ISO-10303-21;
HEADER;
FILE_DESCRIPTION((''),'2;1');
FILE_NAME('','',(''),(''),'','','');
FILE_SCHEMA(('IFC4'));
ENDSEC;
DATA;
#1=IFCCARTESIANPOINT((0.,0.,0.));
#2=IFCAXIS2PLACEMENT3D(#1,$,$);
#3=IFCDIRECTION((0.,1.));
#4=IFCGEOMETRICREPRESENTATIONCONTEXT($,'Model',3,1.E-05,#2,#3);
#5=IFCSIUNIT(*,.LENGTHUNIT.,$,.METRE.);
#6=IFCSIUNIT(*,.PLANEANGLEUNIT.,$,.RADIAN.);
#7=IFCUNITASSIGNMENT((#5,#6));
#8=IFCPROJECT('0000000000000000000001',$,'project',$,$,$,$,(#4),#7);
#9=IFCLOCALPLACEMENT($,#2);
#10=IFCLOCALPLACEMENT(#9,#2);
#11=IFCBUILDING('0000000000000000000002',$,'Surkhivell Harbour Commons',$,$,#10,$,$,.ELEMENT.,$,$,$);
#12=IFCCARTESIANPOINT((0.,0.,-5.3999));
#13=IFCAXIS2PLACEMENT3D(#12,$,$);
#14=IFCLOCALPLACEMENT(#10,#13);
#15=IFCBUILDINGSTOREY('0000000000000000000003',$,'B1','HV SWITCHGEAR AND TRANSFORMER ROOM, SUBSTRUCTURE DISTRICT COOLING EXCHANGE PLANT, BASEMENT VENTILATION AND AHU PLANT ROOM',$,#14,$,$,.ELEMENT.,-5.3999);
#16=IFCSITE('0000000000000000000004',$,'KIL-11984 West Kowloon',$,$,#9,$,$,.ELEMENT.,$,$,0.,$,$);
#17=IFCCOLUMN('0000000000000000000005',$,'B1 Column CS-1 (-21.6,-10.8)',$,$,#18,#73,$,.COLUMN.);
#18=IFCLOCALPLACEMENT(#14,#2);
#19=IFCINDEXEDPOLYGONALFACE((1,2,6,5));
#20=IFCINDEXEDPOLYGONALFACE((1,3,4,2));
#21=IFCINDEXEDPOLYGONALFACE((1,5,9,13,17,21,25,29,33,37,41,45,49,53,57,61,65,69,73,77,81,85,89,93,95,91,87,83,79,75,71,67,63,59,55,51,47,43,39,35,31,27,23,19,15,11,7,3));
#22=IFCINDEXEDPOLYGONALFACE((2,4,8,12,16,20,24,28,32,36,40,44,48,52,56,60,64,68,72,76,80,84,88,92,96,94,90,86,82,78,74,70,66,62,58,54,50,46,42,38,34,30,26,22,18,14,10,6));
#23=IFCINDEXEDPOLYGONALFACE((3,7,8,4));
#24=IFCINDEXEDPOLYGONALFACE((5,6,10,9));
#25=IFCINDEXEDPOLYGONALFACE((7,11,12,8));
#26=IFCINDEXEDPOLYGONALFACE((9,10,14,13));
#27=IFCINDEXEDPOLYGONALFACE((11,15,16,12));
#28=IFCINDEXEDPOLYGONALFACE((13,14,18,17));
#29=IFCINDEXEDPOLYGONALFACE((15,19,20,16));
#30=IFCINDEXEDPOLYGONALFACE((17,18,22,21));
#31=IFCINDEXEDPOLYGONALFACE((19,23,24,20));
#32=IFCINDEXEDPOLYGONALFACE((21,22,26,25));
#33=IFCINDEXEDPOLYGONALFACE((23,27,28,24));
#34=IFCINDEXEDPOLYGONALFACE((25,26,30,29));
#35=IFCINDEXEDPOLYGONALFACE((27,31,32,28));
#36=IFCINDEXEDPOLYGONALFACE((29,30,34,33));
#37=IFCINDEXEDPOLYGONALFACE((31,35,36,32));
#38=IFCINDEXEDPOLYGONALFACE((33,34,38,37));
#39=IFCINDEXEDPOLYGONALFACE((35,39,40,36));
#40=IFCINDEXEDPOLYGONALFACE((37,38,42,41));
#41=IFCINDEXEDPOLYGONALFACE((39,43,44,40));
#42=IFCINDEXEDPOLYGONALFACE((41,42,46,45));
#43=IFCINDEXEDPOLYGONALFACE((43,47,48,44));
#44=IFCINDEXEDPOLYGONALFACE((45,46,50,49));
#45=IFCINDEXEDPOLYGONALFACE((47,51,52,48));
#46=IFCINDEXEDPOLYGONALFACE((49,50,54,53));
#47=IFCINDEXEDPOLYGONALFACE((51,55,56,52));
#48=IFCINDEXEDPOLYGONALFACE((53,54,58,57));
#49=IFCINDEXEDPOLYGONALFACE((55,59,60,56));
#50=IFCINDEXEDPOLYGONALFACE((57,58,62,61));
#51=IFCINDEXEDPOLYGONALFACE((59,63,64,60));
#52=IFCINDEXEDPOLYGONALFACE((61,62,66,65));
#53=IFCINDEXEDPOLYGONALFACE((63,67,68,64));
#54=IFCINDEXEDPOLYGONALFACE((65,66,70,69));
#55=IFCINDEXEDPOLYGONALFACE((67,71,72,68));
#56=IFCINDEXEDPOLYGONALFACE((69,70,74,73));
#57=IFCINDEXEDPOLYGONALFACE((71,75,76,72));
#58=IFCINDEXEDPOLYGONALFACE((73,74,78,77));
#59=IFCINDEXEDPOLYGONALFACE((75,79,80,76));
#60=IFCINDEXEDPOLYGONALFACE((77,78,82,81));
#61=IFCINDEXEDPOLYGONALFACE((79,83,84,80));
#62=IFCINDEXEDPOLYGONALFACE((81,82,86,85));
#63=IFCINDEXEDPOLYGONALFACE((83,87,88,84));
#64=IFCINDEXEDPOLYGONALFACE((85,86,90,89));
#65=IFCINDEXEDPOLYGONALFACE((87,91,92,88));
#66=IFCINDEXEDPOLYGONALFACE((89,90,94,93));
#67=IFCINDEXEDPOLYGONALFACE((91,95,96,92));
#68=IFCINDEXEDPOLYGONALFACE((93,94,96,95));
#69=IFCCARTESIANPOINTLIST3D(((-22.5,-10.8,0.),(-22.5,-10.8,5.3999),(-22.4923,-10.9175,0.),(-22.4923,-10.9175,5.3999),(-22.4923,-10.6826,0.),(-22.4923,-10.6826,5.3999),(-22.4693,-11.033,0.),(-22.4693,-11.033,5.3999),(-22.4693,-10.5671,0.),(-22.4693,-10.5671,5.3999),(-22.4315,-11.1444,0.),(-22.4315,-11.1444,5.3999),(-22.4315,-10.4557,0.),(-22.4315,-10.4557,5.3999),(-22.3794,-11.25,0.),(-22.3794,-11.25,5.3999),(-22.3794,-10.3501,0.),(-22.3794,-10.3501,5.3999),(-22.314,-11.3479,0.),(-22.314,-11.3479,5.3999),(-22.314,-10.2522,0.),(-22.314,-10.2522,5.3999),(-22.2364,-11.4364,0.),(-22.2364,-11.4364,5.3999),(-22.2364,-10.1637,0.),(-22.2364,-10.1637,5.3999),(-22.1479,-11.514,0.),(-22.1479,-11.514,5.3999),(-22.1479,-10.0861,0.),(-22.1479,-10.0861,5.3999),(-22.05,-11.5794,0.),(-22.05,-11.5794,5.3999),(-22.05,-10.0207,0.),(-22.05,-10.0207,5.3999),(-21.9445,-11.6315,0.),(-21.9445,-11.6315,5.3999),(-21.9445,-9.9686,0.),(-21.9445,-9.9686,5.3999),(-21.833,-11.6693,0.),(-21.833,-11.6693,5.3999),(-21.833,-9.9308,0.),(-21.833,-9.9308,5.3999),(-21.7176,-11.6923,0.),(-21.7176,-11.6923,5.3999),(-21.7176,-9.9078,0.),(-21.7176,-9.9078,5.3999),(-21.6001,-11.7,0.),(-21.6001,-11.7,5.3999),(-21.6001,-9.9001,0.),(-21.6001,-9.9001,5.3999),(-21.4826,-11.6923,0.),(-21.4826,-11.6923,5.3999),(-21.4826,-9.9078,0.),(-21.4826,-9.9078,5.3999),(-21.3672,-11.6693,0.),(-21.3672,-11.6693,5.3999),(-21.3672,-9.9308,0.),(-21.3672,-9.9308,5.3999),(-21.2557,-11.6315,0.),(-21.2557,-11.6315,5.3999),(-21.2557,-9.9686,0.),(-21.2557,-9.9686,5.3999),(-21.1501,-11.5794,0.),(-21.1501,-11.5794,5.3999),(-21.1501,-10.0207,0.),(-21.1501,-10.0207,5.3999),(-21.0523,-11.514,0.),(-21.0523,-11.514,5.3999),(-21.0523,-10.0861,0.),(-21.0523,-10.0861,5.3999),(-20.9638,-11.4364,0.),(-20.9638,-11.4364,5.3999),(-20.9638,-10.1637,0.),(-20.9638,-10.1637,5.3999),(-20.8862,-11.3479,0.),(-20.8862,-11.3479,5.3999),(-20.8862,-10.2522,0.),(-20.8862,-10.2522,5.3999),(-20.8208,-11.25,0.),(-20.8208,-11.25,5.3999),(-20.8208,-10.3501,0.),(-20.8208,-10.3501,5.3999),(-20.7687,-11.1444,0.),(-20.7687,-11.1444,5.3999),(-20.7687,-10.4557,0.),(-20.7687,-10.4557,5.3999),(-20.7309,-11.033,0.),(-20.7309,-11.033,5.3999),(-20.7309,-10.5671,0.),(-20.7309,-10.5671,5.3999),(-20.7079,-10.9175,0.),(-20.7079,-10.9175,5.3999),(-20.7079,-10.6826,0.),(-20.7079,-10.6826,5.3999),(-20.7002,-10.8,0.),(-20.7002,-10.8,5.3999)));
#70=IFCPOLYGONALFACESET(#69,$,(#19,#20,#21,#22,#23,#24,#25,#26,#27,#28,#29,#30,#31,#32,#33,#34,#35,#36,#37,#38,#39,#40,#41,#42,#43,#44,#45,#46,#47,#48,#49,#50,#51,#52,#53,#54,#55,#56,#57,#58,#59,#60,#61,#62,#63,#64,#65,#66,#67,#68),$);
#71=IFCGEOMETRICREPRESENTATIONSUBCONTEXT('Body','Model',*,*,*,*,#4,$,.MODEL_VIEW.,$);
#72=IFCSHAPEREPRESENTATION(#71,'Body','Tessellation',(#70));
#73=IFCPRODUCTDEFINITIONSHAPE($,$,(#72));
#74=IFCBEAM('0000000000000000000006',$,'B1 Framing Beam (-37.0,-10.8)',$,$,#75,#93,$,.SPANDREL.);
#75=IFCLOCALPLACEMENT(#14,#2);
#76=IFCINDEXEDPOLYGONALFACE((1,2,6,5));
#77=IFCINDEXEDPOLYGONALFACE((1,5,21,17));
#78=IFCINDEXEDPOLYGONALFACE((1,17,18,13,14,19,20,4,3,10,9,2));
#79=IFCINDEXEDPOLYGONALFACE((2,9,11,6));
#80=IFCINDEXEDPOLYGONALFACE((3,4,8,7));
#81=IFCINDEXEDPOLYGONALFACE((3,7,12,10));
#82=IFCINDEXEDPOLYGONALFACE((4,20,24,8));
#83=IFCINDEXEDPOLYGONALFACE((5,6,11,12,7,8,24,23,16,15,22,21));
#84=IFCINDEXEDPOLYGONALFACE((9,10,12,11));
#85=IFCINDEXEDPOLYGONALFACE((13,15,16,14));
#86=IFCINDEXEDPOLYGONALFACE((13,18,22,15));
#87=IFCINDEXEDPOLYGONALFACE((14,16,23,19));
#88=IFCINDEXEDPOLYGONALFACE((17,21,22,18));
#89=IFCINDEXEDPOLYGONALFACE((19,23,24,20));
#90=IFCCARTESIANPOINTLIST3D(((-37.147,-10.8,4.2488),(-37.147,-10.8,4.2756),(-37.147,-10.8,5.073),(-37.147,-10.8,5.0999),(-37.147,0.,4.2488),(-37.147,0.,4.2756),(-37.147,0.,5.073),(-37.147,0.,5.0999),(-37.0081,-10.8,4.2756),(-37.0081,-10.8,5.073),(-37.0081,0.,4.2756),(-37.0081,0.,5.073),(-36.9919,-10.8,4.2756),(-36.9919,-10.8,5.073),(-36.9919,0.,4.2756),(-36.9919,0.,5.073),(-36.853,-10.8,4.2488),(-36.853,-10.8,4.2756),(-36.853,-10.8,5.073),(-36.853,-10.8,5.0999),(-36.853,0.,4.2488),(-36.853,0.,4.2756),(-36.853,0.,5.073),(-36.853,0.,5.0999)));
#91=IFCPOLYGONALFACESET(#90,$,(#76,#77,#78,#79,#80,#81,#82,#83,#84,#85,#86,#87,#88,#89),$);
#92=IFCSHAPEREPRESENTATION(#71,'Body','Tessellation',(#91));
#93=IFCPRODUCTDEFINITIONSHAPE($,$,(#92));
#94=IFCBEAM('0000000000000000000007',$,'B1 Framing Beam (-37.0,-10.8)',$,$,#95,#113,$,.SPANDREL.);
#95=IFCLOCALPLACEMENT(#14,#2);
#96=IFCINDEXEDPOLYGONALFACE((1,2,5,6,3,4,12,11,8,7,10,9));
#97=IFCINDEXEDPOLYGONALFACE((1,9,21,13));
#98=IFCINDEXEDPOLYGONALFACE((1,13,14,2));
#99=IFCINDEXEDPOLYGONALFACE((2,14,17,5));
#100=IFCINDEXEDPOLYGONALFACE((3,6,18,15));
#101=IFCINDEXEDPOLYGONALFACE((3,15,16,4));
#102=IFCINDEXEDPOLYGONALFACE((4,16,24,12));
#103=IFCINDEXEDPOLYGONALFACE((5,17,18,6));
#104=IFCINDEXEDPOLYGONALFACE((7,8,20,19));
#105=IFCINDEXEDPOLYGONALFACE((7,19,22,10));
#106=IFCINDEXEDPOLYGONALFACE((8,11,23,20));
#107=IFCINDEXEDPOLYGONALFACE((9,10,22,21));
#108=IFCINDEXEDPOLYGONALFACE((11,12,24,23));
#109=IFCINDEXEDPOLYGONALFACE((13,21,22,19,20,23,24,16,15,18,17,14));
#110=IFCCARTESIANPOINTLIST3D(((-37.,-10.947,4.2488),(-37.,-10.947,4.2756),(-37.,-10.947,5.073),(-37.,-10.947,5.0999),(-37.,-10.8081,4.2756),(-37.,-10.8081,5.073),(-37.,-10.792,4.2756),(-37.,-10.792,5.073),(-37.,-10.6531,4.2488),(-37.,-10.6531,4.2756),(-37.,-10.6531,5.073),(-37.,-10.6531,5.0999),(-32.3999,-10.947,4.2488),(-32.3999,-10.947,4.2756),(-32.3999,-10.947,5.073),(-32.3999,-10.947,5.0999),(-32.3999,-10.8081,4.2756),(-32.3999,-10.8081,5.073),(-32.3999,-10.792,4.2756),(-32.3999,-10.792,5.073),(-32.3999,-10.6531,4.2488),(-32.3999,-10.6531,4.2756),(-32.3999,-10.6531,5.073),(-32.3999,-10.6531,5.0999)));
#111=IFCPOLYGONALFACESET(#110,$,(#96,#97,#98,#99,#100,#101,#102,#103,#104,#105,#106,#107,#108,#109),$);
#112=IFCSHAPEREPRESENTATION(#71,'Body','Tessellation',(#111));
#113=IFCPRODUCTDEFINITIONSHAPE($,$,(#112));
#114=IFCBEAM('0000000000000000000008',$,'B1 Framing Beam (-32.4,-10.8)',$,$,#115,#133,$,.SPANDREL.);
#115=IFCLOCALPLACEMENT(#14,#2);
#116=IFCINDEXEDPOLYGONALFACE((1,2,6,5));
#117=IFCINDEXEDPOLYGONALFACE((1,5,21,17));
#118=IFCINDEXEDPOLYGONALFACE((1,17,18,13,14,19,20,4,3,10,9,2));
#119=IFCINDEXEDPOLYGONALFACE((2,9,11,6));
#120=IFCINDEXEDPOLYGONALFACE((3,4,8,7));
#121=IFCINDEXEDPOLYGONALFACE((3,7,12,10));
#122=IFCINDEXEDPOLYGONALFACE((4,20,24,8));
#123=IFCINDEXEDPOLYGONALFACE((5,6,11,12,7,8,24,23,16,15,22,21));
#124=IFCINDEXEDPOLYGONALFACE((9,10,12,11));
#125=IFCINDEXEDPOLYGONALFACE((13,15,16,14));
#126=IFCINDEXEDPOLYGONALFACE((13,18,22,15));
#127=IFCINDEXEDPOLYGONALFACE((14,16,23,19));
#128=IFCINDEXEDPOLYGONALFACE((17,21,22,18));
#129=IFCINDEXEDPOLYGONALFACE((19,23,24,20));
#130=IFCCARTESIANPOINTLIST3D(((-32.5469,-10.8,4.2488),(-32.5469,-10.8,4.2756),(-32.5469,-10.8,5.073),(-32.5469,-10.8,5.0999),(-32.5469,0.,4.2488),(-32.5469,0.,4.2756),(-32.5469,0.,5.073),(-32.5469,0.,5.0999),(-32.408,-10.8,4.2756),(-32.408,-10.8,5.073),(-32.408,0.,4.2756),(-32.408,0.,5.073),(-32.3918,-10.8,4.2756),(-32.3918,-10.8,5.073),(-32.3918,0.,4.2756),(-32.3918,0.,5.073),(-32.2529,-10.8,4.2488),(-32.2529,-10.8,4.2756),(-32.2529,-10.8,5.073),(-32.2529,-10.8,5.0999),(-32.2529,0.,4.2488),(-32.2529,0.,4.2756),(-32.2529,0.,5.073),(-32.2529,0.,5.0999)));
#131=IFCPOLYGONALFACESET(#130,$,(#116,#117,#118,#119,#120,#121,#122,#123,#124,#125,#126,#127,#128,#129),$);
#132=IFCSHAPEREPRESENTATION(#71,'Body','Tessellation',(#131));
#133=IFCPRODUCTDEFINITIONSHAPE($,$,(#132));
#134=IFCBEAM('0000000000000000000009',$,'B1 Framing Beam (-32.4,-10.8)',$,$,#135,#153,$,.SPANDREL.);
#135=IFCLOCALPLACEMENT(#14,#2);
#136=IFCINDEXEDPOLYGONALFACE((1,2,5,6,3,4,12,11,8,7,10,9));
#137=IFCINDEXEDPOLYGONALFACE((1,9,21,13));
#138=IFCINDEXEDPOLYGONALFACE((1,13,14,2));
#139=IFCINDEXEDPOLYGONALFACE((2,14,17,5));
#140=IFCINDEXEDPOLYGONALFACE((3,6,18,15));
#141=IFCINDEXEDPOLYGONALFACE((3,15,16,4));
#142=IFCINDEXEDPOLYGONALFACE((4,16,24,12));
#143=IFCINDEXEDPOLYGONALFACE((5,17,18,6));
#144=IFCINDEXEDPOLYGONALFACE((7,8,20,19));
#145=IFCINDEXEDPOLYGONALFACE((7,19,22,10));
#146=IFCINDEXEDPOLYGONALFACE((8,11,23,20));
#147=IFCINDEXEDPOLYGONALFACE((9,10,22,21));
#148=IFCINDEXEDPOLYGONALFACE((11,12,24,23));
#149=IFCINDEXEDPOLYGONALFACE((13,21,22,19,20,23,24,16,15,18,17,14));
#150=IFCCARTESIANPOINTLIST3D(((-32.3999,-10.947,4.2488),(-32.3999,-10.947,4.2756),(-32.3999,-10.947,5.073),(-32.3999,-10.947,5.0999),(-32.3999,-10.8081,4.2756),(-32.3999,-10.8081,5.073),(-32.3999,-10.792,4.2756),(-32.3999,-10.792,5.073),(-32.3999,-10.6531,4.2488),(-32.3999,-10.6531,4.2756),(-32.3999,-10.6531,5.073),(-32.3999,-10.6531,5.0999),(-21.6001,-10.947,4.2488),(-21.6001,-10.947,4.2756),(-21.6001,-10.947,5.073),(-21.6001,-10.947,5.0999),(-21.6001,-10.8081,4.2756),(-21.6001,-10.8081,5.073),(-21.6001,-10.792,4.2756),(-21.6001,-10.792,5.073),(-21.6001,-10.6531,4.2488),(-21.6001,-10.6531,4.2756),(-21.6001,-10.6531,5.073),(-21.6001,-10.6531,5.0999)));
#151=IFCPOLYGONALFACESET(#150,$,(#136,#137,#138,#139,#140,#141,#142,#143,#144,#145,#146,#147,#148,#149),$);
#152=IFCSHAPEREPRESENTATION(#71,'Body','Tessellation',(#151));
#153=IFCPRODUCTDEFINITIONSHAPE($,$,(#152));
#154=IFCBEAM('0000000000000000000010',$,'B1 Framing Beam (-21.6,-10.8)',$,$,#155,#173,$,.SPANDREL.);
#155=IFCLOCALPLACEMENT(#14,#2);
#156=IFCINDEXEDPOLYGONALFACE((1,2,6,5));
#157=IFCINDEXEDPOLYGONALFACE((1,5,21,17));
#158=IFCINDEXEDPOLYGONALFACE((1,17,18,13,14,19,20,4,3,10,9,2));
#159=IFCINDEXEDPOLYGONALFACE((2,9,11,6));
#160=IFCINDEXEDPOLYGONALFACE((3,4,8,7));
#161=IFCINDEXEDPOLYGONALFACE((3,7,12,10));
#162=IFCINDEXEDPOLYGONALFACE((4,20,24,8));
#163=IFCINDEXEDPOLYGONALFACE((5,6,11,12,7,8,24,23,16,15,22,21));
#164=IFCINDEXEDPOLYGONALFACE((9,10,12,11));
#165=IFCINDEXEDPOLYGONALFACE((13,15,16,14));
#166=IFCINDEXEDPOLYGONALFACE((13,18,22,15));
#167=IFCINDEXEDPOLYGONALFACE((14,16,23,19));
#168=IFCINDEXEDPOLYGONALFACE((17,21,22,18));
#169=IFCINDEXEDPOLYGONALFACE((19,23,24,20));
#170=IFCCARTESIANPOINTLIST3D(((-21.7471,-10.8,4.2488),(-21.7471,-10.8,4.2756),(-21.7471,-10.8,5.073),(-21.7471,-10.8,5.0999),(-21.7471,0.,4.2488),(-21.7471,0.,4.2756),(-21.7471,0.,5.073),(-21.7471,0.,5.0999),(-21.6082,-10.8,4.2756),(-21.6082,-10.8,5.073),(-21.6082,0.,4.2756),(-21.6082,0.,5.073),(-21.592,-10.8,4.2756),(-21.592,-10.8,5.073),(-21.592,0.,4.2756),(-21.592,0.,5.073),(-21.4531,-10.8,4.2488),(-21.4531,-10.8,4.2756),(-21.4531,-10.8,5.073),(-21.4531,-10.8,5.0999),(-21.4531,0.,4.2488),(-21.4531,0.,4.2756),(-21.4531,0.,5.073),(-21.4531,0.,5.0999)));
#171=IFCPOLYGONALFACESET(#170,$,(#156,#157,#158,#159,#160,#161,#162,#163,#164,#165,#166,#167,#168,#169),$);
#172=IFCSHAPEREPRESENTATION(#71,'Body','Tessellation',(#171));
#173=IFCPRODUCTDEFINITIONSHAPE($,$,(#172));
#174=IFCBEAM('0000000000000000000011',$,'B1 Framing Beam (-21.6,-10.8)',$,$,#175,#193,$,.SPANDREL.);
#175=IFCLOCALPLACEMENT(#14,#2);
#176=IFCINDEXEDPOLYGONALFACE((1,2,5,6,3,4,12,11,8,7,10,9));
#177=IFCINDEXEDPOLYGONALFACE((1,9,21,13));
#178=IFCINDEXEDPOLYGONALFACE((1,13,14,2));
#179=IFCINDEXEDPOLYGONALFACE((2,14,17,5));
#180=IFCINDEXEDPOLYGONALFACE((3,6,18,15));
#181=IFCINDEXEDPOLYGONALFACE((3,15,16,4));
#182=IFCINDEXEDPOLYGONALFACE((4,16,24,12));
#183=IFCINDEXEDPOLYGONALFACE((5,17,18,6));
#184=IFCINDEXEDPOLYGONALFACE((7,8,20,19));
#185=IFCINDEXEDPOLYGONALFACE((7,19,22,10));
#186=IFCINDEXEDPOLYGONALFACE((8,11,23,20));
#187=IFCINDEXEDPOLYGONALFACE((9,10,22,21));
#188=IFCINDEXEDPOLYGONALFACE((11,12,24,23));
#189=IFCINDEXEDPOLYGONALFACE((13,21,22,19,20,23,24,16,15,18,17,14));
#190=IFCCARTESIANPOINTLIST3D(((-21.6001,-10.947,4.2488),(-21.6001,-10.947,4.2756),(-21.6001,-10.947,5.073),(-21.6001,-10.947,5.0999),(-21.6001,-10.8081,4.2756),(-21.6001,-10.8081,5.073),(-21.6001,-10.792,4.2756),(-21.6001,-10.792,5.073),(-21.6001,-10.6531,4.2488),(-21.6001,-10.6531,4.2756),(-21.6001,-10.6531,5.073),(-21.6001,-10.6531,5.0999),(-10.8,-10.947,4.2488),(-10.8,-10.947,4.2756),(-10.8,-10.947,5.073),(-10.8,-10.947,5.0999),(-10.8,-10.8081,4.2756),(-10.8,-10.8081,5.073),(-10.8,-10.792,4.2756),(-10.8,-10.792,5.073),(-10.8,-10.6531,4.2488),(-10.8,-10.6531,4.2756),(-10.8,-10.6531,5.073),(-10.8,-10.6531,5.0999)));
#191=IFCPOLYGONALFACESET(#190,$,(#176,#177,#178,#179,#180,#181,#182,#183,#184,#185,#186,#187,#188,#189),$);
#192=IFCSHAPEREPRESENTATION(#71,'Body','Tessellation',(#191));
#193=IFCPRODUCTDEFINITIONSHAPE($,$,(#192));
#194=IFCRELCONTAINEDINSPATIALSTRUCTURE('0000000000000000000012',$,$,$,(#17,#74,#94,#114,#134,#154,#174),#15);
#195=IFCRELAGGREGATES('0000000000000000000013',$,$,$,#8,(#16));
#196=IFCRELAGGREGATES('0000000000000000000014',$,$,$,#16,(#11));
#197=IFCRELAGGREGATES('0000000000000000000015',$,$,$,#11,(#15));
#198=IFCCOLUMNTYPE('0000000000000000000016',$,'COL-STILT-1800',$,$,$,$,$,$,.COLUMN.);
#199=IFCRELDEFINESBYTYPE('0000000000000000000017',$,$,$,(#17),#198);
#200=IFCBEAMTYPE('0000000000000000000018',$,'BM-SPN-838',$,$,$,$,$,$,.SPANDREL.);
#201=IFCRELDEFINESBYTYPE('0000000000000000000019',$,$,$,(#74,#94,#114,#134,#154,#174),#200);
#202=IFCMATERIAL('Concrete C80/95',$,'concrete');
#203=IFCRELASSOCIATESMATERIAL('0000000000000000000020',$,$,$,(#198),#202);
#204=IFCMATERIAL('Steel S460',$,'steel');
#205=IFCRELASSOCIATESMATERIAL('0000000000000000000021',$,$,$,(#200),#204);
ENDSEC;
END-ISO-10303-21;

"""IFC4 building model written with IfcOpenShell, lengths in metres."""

from ifc_helpers import new_model, si_unit, direction, frame, origin, origin_2d, place, context, subcontext, project, spatial, circle, i_section, extrude, material, material_profile, profile_set, type_object, element, save


model = new_model("IFC4")

# Units and contexts
model_context = context("Model", 3, precision=1e-05, world=origin(), true_north=direction((0.0, 1.0)))
body_context = subcontext(model_context, "Body", "Model", "MODEL_VIEW")
ifc_project = project(units=[si_unit("LENGTHUNIT", "METRE"), si_unit("PLANEANGLEUNIT", "RADIAN")], contexts=[model_context])

# Site, building, storey
site_placement = place(None, origin())
site = spatial("IfcSite", under=ifc_project, at=site_placement, Name="KIL-11984 West Kowloon", CompositionType="ELEMENT", RefElevation=0.0)
building_placement = place(site_placement, origin())
building = spatial("IfcBuilding", under=site, at=building_placement, Name="Surkhivell Harbour Commons", CompositionType="ELEMENT")
storey_placement = place(building_placement, frame((0.0, 0.0, -5.3999)))
storey = spatial("IfcBuildingStorey", under=building, at=storey_placement, Name="B1", Description="HV SWITCHGEAR AND TRANSFORMER ROOM, SUBSTRUCTURE DISTRICT COOLING EXCHANGE PLANT, BASEMENT VENTILATION AND AHU PLANT ROOM", CompositionType="ELEMENT", Elevation=-5.3999)

# Column
ifc_material_1 = material(Name="Concrete C80/95", Category="concrete")
ifc_material_profile_1 = material_profile(ifc_material_1, circle(Radius=0.8999, at=origin_2d()), Name="RC-CIRC-1800")
ifc_profile_set_1 = profile_set([ifc_material_profile_1], Name="Concrete C80/95")
column_type_1 = type_object("IfcColumnType", Name="COL-STILT-1800", PredefinedType="COLUMN", material=ifc_profile_set_1)
for number, where, z_axis, x_axis, name in (
    (1, (-21.6001, -10.8, 0.0), (0.0, 0.0, 1.0), (1.0, 0.0, 0.0), "B1 Column CS-1 (-21.6,-10.8)"),
):
    element("IfcColumn", number, at=place(storey_placement, frame(where, z_axis=z_axis, x_axis=x_axis)), inside=storey, type_object=column_type_1, Name=name, PredefinedType="COLUMN", context=body_context, shape_type="SweptSolid", body=[
        extrude(circle(Radius=0.8999, at=origin_2d()), origin(), (0.0, 0.0, 1.0), 5.3999),
    ])

# Beams
ifc_material_2 = material(Name="Steel S460", Category="steel")
ifc_material_profile_2 = material_profile(ifc_material_2, i_section(OverallWidth=0.2939, OverallDepth=0.8511, WebThickness=0.0161, FlangeThickness=0.0269, at=origin_2d()), Name="UB838x292x226")
ifc_profile_set_2 = profile_set([ifc_material_profile_2], Name="Steel S460")
beam_type = type_object("IfcBeamType", Name="BM-SPN-838", PredefinedType="SPANDREL", material=ifc_profile_set_2)
beam_1_placement = place(storey_placement, frame((-37.0, -10.8, 4.6743), z_axis=(0.0, 1.0, 0.0), x_axis=(-1.0, 0.0, 0.0)))
element("IfcBeam", 2, at=beam_1_placement, inside=storey, type_object=beam_type, Name="B1 Framing Beam (-37.0,-10.8)", PredefinedType="SPANDREL", context=body_context, shape_type="SweptSolid", body=[
    extrude(i_section(OverallWidth=0.2939, OverallDepth=0.8511, WebThickness=0.0161, FlangeThickness=0.0269, at=origin_2d()), origin(), (0.0, 0.0, 1.0), 10.8),
])
beam_2_placement = place(storey_placement, frame((-37.0, -10.8, 4.6743), z_axis=(1.0, 0.0, 0.0), x_axis=(0.0, 1.0, 0.0)))
element("IfcBeam", 3, at=beam_2_placement, inside=storey, type_object=beam_type, Name="B1 Framing Beam (-37.0,-10.8)", PredefinedType="SPANDREL", context=body_context, shape_type="SweptSolid", body=[
    extrude(i_section(OverallWidth=0.2939, OverallDepth=0.8511, WebThickness=0.0161, FlangeThickness=0.0269, at=origin_2d()), origin(), (0.0, 0.0, 1.0), 4.6001),
])
beam_3_placement = place(storey_placement, frame((-32.3999, -10.8, 4.6743), z_axis=(0.0, 1.0, 0.0), x_axis=(-1.0, 0.0, 0.0)))
element("IfcBeam", 4, at=beam_3_placement, inside=storey, type_object=beam_type, Name="B1 Framing Beam (-32.4,-10.8)", PredefinedType="SPANDREL", context=body_context, shape_type="SweptSolid", body=[
    extrude(i_section(OverallWidth=0.2939, OverallDepth=0.8511, WebThickness=0.0161, FlangeThickness=0.0269, at=origin_2d()), origin(), (0.0, 0.0, 1.0), 10.8),
])
beam_4_placement = place(storey_placement, frame((-32.3999, -10.8, 4.6743), z_axis=(1.0, 0.0, 0.0), x_axis=(0.0, 1.0, 0.0)))
element("IfcBeam", 5, at=beam_4_placement, inside=storey, type_object=beam_type, Name="B1 Framing Beam (-32.4,-10.8)", PredefinedType="SPANDREL", context=body_context, shape_type="SweptSolid", body=[
    extrude(i_section(OverallWidth=0.2939, OverallDepth=0.8511, WebThickness=0.0161, FlangeThickness=0.0269, at=origin_2d()), origin(), (0.0, 0.0, 1.0), 10.7998),
])
for number, where, z_axis, x_axis, name in (
    (6, (-21.6001, -10.8, 4.6743), (0.0, 1.0, 0.0), (-1.0, 0.0, 0.0), "B1 Framing Beam (-21.6,-10.8)"),
    (7, (-21.6001, -10.8, 4.6743), (1.0, 0.0, 0.0), (0.0, 1.0, 0.0), "B1 Framing Beam (-21.6,-10.8)"),
):
    element("IfcBeam", number, at=place(storey_placement, frame(where, z_axis=z_axis, x_axis=x_axis)), inside=storey, type_object=beam_type, Name=name, PredefinedType="SPANDREL", context=body_context, shape_type="SweptSolid", body=[
        extrude(i_section(OverallWidth=0.2939, OverallDepth=0.8511, WebThickness=0.0161, FlangeThickness=0.0269, at=origin_2d()), origin(), (0.0, 0.0, 1.0), 10.8),
    ])

save(model, "model.ifc")
